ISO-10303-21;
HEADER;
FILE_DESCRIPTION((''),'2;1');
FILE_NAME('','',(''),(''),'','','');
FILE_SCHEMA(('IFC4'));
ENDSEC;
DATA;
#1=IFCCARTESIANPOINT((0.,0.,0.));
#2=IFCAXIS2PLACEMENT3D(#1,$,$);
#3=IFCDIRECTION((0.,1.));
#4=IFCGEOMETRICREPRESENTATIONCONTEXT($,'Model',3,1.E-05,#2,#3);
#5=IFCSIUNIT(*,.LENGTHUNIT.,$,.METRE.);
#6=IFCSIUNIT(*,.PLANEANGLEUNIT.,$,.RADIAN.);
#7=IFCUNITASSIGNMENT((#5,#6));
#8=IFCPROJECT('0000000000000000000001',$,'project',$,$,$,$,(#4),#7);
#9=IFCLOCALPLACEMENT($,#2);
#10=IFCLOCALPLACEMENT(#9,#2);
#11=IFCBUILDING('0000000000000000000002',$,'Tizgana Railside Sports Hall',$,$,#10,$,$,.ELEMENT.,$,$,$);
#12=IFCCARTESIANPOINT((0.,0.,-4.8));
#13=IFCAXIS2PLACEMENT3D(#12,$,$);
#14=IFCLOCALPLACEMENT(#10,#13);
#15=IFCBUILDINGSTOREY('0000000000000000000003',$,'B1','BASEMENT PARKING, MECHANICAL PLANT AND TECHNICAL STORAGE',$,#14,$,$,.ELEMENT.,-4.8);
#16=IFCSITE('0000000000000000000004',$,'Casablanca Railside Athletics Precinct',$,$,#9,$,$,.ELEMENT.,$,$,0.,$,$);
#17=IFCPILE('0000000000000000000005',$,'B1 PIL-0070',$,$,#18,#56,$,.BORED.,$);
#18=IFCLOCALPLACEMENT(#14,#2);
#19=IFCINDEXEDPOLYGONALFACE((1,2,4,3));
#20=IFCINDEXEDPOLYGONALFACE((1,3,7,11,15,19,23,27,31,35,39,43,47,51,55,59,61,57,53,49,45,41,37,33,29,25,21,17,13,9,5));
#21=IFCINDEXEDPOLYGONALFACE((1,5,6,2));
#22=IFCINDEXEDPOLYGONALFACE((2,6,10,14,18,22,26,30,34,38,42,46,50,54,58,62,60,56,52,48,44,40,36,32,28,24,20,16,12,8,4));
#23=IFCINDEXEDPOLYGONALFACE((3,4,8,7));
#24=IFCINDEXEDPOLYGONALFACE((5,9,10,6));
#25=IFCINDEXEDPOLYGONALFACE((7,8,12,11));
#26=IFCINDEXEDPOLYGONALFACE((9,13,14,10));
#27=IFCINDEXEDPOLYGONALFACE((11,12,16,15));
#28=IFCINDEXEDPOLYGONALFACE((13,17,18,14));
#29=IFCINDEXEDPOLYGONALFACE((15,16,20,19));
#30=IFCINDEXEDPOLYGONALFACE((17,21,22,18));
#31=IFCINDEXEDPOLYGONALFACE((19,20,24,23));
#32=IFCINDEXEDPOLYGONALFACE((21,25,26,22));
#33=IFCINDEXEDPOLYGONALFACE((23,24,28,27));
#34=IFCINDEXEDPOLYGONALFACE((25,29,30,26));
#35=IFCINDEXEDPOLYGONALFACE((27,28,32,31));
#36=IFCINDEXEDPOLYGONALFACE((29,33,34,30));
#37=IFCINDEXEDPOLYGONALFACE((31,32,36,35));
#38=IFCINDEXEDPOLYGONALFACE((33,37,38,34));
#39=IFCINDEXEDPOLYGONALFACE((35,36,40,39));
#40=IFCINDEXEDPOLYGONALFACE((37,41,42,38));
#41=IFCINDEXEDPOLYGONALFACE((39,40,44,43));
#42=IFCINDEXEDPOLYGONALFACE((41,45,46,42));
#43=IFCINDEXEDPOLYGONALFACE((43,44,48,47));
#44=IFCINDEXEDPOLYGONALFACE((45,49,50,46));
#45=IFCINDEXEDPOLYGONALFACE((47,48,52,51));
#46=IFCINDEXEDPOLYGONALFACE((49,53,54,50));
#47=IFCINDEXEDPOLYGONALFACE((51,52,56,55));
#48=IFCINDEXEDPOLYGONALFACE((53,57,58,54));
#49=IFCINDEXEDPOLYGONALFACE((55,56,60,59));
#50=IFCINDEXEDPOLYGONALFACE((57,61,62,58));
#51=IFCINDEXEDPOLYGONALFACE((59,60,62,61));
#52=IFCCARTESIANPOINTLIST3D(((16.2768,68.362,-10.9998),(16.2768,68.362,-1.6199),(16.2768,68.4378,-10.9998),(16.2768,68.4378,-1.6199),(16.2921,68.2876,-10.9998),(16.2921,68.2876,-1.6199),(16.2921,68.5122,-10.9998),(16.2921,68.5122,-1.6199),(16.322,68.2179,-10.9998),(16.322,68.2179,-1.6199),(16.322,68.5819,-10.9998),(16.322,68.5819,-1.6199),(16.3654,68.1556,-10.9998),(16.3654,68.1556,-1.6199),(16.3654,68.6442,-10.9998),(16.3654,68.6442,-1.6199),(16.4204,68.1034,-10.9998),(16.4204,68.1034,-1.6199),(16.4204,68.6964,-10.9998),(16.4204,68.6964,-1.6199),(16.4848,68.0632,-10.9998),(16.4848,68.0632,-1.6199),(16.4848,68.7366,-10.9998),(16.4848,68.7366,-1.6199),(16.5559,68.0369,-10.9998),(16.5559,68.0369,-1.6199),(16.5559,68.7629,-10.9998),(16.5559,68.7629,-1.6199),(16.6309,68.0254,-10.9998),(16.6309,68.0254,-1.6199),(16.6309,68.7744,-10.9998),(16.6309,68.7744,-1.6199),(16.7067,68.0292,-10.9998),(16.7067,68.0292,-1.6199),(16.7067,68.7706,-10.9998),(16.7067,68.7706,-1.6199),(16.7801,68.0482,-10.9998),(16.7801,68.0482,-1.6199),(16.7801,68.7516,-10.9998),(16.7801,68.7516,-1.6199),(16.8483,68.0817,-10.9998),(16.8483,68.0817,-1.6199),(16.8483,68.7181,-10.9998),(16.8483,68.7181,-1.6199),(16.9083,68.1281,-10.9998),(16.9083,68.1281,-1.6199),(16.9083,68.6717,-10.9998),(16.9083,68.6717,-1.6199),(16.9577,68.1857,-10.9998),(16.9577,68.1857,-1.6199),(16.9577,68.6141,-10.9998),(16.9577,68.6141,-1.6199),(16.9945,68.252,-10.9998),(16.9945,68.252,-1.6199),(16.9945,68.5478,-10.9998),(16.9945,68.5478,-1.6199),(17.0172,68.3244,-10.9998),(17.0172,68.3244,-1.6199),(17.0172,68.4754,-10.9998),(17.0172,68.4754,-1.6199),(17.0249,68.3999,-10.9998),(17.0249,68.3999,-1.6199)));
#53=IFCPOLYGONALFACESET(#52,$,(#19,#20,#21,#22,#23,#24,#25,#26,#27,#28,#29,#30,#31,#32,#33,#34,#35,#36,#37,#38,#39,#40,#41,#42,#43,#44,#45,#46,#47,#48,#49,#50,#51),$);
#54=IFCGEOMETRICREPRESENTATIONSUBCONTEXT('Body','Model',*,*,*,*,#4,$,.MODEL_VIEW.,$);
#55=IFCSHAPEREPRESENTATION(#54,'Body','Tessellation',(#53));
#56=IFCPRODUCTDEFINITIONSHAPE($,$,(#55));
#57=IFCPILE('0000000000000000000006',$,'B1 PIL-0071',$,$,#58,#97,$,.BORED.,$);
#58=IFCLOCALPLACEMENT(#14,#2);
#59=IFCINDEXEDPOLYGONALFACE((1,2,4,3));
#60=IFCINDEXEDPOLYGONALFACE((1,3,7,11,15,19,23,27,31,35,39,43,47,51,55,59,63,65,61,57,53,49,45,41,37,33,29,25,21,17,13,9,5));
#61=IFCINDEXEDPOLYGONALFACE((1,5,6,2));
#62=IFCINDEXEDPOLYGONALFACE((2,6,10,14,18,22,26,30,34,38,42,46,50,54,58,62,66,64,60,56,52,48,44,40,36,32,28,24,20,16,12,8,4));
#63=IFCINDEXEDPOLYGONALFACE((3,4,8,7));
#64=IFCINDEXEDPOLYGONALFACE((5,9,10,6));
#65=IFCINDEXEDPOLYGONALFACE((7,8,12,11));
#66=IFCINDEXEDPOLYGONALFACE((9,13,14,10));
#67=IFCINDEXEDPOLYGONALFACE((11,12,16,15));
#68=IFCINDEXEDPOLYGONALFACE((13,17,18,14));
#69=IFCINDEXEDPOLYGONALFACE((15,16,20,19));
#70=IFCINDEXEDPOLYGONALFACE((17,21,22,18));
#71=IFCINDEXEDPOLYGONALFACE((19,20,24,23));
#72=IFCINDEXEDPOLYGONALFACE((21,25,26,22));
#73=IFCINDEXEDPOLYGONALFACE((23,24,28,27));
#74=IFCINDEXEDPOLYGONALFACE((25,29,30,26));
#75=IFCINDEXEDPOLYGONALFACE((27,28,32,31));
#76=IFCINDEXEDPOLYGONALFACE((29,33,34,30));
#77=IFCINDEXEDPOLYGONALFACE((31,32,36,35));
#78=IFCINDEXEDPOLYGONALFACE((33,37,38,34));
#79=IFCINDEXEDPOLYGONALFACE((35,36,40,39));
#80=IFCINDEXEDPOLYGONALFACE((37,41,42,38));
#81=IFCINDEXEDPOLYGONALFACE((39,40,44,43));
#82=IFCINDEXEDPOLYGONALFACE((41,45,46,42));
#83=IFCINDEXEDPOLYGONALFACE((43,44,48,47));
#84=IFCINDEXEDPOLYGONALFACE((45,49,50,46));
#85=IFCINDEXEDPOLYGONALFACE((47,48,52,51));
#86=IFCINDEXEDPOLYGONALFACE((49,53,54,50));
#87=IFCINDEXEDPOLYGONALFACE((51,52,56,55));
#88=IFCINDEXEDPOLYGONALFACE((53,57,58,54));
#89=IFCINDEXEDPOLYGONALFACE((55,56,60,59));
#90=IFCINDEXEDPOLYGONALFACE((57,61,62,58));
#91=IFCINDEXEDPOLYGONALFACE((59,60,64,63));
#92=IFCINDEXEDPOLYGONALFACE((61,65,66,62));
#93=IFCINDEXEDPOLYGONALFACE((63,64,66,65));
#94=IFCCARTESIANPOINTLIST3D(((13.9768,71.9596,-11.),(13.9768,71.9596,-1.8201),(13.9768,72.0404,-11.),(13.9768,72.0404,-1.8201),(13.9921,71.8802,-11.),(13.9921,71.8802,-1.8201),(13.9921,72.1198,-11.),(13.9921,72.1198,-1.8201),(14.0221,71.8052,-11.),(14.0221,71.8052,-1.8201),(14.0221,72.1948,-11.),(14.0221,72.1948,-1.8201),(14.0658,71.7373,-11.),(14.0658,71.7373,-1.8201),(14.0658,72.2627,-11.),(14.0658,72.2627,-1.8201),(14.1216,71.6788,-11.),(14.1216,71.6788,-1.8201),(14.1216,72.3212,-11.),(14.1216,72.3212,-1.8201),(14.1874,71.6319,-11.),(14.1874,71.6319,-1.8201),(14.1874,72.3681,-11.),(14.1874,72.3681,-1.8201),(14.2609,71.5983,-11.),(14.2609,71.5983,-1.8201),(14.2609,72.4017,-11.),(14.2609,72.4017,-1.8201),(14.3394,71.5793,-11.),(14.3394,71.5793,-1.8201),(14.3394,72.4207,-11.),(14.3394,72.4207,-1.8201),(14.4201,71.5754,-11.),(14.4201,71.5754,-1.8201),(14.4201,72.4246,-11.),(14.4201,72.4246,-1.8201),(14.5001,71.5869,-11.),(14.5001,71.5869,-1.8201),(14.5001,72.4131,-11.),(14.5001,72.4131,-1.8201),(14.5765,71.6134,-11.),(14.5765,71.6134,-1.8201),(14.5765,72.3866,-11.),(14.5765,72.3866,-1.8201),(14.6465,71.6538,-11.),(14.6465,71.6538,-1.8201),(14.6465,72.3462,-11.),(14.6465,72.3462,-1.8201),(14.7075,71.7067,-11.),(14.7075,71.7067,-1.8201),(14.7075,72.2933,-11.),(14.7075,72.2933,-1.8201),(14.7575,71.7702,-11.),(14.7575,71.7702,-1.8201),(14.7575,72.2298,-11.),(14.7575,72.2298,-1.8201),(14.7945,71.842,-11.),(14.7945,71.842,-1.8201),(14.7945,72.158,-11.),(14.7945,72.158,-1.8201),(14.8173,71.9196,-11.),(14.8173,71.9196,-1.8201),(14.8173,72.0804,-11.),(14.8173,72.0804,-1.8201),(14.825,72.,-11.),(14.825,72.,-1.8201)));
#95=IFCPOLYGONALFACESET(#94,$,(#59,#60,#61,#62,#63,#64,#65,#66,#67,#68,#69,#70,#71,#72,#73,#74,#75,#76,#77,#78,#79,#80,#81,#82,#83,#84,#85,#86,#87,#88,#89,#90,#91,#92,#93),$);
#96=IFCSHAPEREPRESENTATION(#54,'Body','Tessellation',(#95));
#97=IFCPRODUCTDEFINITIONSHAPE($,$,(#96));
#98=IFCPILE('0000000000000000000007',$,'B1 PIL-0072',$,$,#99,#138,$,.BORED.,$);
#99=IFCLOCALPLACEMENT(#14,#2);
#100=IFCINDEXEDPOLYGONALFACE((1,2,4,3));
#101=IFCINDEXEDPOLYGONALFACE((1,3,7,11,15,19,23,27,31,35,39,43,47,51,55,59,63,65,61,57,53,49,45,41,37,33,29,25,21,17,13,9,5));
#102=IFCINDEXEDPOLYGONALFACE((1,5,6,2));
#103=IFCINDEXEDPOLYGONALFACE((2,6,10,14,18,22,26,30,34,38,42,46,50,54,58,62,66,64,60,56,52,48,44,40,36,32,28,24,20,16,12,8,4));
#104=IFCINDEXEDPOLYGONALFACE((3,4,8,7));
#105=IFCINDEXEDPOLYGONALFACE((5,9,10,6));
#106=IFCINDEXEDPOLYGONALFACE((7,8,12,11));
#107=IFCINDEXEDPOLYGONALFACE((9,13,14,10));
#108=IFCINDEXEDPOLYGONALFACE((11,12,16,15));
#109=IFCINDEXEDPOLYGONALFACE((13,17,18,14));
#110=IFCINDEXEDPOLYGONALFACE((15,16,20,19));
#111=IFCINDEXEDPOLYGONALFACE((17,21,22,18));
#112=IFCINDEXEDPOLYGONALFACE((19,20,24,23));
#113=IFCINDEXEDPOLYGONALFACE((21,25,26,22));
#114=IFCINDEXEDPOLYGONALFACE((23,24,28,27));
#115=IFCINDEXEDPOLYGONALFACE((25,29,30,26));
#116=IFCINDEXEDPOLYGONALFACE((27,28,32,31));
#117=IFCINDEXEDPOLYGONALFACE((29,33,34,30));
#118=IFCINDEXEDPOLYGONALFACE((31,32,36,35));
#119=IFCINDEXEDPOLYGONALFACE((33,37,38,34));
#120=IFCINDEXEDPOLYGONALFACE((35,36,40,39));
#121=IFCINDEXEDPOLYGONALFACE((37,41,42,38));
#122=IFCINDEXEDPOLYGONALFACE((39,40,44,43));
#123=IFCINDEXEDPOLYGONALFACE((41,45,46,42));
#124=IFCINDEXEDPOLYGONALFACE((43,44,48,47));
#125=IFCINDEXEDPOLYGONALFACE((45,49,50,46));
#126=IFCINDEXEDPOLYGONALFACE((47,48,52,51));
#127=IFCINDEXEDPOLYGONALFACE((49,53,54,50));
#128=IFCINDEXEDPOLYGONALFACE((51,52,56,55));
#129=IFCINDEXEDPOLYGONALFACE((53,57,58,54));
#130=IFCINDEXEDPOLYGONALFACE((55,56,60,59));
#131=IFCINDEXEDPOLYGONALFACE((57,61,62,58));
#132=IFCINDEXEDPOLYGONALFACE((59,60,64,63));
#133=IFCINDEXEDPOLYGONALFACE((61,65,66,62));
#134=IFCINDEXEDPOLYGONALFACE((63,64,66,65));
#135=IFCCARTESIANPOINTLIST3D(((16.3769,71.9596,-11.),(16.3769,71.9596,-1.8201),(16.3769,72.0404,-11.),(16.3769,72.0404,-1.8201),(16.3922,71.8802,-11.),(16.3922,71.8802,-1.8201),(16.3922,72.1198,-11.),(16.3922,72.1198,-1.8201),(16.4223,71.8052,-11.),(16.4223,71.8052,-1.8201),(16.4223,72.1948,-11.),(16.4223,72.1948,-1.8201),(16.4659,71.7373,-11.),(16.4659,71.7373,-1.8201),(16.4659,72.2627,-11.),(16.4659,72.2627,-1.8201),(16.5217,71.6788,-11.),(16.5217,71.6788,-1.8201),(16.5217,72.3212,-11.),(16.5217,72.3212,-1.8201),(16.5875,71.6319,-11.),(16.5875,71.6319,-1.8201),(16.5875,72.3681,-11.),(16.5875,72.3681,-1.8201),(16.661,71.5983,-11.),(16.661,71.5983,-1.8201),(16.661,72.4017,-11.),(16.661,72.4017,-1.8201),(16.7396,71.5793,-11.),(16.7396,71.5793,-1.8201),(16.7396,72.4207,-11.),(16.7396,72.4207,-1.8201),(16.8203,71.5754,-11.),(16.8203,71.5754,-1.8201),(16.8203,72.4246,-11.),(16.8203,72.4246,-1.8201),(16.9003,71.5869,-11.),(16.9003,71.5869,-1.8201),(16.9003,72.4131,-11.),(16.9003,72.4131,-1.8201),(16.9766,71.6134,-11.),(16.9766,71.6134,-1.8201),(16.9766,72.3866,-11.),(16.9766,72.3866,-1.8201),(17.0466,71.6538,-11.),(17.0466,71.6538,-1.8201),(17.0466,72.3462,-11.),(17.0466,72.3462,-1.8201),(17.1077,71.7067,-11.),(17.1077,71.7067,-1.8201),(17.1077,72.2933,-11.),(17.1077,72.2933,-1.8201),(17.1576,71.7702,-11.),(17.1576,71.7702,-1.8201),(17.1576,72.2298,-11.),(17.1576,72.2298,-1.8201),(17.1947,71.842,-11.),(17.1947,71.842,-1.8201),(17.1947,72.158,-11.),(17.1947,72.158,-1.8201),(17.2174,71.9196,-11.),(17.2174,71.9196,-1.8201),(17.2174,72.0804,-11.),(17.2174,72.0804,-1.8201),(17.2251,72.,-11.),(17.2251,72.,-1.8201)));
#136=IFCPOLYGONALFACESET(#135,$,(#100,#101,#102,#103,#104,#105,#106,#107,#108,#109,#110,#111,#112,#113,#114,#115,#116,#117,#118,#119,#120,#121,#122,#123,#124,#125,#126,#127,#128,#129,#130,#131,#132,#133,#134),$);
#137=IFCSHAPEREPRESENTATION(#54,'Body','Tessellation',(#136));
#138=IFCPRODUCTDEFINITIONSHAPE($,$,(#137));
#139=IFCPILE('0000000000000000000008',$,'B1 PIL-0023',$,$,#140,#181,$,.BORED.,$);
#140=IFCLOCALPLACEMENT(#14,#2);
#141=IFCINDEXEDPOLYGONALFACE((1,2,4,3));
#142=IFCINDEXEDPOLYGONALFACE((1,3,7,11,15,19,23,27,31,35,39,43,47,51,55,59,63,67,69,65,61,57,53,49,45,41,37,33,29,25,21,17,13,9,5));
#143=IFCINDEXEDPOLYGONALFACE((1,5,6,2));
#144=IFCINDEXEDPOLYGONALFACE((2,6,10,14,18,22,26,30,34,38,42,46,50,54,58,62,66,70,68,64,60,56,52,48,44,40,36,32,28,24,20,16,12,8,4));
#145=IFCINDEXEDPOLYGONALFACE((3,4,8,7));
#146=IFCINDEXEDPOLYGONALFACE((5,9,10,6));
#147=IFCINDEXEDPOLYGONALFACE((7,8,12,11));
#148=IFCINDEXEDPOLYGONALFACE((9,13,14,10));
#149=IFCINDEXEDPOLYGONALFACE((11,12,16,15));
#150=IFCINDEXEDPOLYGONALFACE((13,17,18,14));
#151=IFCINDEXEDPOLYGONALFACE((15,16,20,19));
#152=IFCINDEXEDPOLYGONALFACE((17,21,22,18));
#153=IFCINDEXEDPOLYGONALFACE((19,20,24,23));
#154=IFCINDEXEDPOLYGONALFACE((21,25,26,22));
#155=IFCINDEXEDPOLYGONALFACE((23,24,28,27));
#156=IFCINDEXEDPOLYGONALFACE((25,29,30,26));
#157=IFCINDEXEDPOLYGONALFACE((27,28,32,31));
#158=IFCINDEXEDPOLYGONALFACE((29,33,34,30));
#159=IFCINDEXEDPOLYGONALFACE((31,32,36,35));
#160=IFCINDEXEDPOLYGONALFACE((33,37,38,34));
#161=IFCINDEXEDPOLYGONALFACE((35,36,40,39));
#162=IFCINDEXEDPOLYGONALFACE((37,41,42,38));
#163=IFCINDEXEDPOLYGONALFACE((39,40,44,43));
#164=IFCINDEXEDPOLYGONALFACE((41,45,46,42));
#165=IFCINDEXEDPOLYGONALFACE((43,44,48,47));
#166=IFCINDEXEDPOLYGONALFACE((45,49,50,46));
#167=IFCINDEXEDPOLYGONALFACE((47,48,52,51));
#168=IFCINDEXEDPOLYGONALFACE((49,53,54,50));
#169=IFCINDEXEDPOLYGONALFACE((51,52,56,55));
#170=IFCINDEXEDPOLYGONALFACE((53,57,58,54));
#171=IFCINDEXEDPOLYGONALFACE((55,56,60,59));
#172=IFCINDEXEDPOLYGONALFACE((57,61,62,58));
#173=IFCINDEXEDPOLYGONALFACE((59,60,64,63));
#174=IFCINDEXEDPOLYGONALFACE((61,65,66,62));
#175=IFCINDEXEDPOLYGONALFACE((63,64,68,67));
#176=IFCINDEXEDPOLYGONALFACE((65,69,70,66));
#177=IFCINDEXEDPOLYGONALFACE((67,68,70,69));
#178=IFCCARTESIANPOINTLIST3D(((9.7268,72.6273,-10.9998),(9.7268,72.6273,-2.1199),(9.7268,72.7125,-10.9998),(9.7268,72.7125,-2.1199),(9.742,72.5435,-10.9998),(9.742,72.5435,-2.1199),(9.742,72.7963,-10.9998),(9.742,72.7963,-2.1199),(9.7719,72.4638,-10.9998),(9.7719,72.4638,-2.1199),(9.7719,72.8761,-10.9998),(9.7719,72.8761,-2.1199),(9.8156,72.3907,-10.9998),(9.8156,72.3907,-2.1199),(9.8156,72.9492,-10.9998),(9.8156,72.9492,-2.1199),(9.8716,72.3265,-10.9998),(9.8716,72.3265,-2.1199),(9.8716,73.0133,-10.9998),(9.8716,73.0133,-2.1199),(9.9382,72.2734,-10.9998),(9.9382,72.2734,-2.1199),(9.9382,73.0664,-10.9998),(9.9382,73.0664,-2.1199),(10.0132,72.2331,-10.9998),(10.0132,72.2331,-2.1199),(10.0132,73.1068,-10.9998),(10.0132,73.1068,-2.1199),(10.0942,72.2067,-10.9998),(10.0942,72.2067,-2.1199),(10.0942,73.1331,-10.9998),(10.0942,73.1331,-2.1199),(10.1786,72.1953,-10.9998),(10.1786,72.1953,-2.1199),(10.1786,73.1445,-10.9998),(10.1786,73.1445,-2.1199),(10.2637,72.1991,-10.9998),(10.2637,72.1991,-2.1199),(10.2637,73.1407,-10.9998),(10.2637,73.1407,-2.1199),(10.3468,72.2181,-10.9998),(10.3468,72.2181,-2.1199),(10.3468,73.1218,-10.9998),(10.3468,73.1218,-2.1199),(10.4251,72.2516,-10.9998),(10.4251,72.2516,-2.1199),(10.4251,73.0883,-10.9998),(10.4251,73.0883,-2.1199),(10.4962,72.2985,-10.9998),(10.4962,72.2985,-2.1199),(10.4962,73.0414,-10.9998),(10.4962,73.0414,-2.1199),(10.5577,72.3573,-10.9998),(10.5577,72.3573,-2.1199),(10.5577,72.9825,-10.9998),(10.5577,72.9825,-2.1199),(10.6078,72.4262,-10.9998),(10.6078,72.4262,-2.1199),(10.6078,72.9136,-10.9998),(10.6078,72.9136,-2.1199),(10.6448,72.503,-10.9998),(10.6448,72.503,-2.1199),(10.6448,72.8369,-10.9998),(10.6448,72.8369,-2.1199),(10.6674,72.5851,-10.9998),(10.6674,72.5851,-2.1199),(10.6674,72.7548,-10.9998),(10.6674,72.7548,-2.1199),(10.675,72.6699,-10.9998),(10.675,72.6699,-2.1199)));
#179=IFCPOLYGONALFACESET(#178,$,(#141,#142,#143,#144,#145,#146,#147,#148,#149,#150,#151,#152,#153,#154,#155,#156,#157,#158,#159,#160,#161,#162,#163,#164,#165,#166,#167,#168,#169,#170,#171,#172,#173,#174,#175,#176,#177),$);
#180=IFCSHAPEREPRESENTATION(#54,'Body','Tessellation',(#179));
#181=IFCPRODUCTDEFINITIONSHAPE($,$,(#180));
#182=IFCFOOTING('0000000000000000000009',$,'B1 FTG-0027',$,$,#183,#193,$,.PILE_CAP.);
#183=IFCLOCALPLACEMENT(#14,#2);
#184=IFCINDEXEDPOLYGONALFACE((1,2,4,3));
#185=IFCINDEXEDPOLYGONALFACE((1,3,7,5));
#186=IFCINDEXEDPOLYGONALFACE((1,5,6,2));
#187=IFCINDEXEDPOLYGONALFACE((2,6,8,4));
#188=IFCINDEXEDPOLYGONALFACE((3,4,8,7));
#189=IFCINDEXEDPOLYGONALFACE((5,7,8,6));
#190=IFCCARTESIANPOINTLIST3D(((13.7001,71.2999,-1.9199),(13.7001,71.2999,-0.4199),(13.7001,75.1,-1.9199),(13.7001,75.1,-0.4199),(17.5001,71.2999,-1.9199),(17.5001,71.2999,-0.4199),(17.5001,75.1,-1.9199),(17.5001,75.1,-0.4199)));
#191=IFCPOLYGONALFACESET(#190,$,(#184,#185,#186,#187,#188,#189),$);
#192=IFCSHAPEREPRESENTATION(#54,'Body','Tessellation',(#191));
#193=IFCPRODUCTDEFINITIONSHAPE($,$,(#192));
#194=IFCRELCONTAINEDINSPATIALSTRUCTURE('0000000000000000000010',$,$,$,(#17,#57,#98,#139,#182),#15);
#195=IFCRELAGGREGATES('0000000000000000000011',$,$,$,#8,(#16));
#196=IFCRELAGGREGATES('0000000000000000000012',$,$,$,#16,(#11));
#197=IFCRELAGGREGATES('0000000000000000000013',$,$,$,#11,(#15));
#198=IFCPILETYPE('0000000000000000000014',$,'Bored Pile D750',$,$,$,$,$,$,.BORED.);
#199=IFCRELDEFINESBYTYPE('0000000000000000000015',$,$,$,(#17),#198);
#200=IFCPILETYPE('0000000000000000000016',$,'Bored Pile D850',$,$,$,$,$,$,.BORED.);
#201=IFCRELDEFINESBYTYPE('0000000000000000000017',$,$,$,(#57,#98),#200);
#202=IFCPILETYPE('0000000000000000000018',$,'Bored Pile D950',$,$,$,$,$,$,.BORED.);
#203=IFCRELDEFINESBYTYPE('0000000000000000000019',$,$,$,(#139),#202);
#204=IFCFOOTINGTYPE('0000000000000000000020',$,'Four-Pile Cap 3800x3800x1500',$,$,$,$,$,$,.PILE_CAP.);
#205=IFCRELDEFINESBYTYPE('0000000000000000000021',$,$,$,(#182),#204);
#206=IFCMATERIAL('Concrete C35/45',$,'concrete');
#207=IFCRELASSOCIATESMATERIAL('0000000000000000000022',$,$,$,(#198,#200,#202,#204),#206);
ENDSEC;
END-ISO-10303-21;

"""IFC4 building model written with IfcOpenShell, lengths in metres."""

from ifc_helpers import new_model, si_unit, direction, frame, origin, origin_2d, place, context, subcontext, project, spatial, rectangle, circle, extrude, material, material_profile, profile_set, type_object, element, save


model = new_model("IFC4")

# Units and contexts
model_context = context("Model", 3, precision=1e-05, world=origin(), true_north=direction((0.0, 1.0)))
body_context = subcontext(model_context, "Body", "Model", "MODEL_VIEW")
ifc_project = project(units=[si_unit("LENGTHUNIT", "METRE"), si_unit("PLANEANGLEUNIT", "RADIAN")], contexts=[model_context])

# Site, building, storey
site_placement = place(None, origin())
site = spatial("IfcSite", under=ifc_project, at=site_placement, Name="Casablanca Railside Athletics Precinct", CompositionType="ELEMENT", RefElevation=0.0)
building_placement = place(site_placement, origin())
building = spatial("IfcBuilding", under=site, at=building_placement, Name="Tizgana Railside Sports Hall", CompositionType="ELEMENT")
storey_placement = place(building_placement, frame((0.0, 0.0, -4.8)))
storey = spatial("IfcBuildingStorey", under=building, at=storey_placement, Name="B1", Description="BASEMENT PARKING, MECHANICAL PLANT AND TECHNICAL STORAGE", CompositionType="ELEMENT", Elevation=-4.8)

# Piles
ifc_material_1 = material(Name="Concrete C35/45", Category="concrete")
ifc_material_profile_1 = material_profile(ifc_material_1, circle(Radius=0.375, at=origin_2d()), Name="PILE D750")
ifc_profile_set_1 = profile_set([ifc_material_profile_1], Name="Concrete C35/45")
pile_type_1 = type_object("IfcPileType", Name="Bored Pile D750", PredefinedType="BORED", material=ifc_profile_set_1)
for number, where, z_axis, x_axis, name in (
    (1, (16.6499, 68.3999, -1.6199), (0.0, 0.0, -1.0), (1.0, 0.0, 0.0), "B1 PIL-0070"),
):
    element("IfcPile", number, at=place(storey_placement, frame(where, z_axis=z_axis, x_axis=x_axis)), inside=storey, type_object=pile_type_1, Name=name, PredefinedType="BORED", context=body_context, shape_type="SweptSolid", body=[
        extrude(circle(Radius=0.375, at=origin_2d()), origin(), (0.0, 0.0, 1.0), 9.3799),
    ])
ifc_material_profile_2 = material_profile(ifc_material_1, circle(Radius=0.425, at=origin_2d()), Name="PILE D850")
ifc_profile_set_2 = profile_set([ifc_material_profile_2], Name="Concrete C35/45")
pile_type_2 = type_object("IfcPileType", Name="Bored Pile D850", PredefinedType="BORED", material=ifc_profile_set_2)
for number, where, z_axis, x_axis, name in (
    (2, (14.3999, 72.0, -1.8201), (0.0, 0.0, -1.0), (1.0, 0.0, 0.0), "B1 PIL-0071"),
    (3, (16.8, 72.0, -1.8201), (0.0, 0.0, -1.0), (1.0, 0.0, 0.0), "B1 PIL-0072"),
):
    element("IfcPile", number, at=place(storey_placement, frame(where, z_axis=z_axis, x_axis=x_axis)), inside=storey, type_object=pile_type_2, Name=name, PredefinedType="BORED", context=body_context, shape_type="SweptSolid", body=[
        extrude(circle(Radius=0.425, at=origin_2d()), origin(), (0.0, 0.0, 1.0), 9.1799),
    ])
ifc_material_profile_3 = material_profile(ifc_material_1, circle(Radius=0.4751, at=origin_2d()), Name="PILE D950")
ifc_profile_set_3 = profile_set([ifc_material_profile_3], Name="Concrete C35/45")
pile_type_3 = type_object("IfcPileType", Name="Bored Pile D950", PredefinedType="BORED", material=ifc_profile_set_3)
pile_placement = place(storey_placement, frame((10.2, 72.6699, -2.1199), z_axis=(0.0, 0.0, -1.0), x_axis=(1.0, 0.0, 0.0)))
element("IfcPile", 4, at=pile_placement, inside=storey, type_object=pile_type_3, Name="B1 PIL-0023", PredefinedType="BORED", context=body_context, shape_type="SweptSolid", body=[
    extrude(circle(Radius=0.4751, at=origin_2d()), origin(), (0.0, 0.0, 1.0), 8.8799),
])

# Footing
footing_type_1 = type_object("IfcFootingType", Name="Four-Pile Cap 3800x3800x1500", PredefinedType="PILE_CAP", material=ifc_material_1)
footing_1_placement = place(storey_placement, frame((15.6001, 73.2, -1.9199), z_axis=(0.0, 0.0, 1.0), x_axis=(1.0, 0.0, 0.0)))
element("IfcFooting", 5, at=footing_1_placement, inside=storey, type_object=footing_type_1, Name="B1 FTG-0027", PredefinedType="PILE_CAP", context=body_context, shape_type="SweptSolid", body=[
    extrude(rectangle(XDim=3.8, YDim=3.8, at=origin_2d()), origin(), (0.0, 0.0, 1.0), 1.5),
])

save(model, "model.ifc")
